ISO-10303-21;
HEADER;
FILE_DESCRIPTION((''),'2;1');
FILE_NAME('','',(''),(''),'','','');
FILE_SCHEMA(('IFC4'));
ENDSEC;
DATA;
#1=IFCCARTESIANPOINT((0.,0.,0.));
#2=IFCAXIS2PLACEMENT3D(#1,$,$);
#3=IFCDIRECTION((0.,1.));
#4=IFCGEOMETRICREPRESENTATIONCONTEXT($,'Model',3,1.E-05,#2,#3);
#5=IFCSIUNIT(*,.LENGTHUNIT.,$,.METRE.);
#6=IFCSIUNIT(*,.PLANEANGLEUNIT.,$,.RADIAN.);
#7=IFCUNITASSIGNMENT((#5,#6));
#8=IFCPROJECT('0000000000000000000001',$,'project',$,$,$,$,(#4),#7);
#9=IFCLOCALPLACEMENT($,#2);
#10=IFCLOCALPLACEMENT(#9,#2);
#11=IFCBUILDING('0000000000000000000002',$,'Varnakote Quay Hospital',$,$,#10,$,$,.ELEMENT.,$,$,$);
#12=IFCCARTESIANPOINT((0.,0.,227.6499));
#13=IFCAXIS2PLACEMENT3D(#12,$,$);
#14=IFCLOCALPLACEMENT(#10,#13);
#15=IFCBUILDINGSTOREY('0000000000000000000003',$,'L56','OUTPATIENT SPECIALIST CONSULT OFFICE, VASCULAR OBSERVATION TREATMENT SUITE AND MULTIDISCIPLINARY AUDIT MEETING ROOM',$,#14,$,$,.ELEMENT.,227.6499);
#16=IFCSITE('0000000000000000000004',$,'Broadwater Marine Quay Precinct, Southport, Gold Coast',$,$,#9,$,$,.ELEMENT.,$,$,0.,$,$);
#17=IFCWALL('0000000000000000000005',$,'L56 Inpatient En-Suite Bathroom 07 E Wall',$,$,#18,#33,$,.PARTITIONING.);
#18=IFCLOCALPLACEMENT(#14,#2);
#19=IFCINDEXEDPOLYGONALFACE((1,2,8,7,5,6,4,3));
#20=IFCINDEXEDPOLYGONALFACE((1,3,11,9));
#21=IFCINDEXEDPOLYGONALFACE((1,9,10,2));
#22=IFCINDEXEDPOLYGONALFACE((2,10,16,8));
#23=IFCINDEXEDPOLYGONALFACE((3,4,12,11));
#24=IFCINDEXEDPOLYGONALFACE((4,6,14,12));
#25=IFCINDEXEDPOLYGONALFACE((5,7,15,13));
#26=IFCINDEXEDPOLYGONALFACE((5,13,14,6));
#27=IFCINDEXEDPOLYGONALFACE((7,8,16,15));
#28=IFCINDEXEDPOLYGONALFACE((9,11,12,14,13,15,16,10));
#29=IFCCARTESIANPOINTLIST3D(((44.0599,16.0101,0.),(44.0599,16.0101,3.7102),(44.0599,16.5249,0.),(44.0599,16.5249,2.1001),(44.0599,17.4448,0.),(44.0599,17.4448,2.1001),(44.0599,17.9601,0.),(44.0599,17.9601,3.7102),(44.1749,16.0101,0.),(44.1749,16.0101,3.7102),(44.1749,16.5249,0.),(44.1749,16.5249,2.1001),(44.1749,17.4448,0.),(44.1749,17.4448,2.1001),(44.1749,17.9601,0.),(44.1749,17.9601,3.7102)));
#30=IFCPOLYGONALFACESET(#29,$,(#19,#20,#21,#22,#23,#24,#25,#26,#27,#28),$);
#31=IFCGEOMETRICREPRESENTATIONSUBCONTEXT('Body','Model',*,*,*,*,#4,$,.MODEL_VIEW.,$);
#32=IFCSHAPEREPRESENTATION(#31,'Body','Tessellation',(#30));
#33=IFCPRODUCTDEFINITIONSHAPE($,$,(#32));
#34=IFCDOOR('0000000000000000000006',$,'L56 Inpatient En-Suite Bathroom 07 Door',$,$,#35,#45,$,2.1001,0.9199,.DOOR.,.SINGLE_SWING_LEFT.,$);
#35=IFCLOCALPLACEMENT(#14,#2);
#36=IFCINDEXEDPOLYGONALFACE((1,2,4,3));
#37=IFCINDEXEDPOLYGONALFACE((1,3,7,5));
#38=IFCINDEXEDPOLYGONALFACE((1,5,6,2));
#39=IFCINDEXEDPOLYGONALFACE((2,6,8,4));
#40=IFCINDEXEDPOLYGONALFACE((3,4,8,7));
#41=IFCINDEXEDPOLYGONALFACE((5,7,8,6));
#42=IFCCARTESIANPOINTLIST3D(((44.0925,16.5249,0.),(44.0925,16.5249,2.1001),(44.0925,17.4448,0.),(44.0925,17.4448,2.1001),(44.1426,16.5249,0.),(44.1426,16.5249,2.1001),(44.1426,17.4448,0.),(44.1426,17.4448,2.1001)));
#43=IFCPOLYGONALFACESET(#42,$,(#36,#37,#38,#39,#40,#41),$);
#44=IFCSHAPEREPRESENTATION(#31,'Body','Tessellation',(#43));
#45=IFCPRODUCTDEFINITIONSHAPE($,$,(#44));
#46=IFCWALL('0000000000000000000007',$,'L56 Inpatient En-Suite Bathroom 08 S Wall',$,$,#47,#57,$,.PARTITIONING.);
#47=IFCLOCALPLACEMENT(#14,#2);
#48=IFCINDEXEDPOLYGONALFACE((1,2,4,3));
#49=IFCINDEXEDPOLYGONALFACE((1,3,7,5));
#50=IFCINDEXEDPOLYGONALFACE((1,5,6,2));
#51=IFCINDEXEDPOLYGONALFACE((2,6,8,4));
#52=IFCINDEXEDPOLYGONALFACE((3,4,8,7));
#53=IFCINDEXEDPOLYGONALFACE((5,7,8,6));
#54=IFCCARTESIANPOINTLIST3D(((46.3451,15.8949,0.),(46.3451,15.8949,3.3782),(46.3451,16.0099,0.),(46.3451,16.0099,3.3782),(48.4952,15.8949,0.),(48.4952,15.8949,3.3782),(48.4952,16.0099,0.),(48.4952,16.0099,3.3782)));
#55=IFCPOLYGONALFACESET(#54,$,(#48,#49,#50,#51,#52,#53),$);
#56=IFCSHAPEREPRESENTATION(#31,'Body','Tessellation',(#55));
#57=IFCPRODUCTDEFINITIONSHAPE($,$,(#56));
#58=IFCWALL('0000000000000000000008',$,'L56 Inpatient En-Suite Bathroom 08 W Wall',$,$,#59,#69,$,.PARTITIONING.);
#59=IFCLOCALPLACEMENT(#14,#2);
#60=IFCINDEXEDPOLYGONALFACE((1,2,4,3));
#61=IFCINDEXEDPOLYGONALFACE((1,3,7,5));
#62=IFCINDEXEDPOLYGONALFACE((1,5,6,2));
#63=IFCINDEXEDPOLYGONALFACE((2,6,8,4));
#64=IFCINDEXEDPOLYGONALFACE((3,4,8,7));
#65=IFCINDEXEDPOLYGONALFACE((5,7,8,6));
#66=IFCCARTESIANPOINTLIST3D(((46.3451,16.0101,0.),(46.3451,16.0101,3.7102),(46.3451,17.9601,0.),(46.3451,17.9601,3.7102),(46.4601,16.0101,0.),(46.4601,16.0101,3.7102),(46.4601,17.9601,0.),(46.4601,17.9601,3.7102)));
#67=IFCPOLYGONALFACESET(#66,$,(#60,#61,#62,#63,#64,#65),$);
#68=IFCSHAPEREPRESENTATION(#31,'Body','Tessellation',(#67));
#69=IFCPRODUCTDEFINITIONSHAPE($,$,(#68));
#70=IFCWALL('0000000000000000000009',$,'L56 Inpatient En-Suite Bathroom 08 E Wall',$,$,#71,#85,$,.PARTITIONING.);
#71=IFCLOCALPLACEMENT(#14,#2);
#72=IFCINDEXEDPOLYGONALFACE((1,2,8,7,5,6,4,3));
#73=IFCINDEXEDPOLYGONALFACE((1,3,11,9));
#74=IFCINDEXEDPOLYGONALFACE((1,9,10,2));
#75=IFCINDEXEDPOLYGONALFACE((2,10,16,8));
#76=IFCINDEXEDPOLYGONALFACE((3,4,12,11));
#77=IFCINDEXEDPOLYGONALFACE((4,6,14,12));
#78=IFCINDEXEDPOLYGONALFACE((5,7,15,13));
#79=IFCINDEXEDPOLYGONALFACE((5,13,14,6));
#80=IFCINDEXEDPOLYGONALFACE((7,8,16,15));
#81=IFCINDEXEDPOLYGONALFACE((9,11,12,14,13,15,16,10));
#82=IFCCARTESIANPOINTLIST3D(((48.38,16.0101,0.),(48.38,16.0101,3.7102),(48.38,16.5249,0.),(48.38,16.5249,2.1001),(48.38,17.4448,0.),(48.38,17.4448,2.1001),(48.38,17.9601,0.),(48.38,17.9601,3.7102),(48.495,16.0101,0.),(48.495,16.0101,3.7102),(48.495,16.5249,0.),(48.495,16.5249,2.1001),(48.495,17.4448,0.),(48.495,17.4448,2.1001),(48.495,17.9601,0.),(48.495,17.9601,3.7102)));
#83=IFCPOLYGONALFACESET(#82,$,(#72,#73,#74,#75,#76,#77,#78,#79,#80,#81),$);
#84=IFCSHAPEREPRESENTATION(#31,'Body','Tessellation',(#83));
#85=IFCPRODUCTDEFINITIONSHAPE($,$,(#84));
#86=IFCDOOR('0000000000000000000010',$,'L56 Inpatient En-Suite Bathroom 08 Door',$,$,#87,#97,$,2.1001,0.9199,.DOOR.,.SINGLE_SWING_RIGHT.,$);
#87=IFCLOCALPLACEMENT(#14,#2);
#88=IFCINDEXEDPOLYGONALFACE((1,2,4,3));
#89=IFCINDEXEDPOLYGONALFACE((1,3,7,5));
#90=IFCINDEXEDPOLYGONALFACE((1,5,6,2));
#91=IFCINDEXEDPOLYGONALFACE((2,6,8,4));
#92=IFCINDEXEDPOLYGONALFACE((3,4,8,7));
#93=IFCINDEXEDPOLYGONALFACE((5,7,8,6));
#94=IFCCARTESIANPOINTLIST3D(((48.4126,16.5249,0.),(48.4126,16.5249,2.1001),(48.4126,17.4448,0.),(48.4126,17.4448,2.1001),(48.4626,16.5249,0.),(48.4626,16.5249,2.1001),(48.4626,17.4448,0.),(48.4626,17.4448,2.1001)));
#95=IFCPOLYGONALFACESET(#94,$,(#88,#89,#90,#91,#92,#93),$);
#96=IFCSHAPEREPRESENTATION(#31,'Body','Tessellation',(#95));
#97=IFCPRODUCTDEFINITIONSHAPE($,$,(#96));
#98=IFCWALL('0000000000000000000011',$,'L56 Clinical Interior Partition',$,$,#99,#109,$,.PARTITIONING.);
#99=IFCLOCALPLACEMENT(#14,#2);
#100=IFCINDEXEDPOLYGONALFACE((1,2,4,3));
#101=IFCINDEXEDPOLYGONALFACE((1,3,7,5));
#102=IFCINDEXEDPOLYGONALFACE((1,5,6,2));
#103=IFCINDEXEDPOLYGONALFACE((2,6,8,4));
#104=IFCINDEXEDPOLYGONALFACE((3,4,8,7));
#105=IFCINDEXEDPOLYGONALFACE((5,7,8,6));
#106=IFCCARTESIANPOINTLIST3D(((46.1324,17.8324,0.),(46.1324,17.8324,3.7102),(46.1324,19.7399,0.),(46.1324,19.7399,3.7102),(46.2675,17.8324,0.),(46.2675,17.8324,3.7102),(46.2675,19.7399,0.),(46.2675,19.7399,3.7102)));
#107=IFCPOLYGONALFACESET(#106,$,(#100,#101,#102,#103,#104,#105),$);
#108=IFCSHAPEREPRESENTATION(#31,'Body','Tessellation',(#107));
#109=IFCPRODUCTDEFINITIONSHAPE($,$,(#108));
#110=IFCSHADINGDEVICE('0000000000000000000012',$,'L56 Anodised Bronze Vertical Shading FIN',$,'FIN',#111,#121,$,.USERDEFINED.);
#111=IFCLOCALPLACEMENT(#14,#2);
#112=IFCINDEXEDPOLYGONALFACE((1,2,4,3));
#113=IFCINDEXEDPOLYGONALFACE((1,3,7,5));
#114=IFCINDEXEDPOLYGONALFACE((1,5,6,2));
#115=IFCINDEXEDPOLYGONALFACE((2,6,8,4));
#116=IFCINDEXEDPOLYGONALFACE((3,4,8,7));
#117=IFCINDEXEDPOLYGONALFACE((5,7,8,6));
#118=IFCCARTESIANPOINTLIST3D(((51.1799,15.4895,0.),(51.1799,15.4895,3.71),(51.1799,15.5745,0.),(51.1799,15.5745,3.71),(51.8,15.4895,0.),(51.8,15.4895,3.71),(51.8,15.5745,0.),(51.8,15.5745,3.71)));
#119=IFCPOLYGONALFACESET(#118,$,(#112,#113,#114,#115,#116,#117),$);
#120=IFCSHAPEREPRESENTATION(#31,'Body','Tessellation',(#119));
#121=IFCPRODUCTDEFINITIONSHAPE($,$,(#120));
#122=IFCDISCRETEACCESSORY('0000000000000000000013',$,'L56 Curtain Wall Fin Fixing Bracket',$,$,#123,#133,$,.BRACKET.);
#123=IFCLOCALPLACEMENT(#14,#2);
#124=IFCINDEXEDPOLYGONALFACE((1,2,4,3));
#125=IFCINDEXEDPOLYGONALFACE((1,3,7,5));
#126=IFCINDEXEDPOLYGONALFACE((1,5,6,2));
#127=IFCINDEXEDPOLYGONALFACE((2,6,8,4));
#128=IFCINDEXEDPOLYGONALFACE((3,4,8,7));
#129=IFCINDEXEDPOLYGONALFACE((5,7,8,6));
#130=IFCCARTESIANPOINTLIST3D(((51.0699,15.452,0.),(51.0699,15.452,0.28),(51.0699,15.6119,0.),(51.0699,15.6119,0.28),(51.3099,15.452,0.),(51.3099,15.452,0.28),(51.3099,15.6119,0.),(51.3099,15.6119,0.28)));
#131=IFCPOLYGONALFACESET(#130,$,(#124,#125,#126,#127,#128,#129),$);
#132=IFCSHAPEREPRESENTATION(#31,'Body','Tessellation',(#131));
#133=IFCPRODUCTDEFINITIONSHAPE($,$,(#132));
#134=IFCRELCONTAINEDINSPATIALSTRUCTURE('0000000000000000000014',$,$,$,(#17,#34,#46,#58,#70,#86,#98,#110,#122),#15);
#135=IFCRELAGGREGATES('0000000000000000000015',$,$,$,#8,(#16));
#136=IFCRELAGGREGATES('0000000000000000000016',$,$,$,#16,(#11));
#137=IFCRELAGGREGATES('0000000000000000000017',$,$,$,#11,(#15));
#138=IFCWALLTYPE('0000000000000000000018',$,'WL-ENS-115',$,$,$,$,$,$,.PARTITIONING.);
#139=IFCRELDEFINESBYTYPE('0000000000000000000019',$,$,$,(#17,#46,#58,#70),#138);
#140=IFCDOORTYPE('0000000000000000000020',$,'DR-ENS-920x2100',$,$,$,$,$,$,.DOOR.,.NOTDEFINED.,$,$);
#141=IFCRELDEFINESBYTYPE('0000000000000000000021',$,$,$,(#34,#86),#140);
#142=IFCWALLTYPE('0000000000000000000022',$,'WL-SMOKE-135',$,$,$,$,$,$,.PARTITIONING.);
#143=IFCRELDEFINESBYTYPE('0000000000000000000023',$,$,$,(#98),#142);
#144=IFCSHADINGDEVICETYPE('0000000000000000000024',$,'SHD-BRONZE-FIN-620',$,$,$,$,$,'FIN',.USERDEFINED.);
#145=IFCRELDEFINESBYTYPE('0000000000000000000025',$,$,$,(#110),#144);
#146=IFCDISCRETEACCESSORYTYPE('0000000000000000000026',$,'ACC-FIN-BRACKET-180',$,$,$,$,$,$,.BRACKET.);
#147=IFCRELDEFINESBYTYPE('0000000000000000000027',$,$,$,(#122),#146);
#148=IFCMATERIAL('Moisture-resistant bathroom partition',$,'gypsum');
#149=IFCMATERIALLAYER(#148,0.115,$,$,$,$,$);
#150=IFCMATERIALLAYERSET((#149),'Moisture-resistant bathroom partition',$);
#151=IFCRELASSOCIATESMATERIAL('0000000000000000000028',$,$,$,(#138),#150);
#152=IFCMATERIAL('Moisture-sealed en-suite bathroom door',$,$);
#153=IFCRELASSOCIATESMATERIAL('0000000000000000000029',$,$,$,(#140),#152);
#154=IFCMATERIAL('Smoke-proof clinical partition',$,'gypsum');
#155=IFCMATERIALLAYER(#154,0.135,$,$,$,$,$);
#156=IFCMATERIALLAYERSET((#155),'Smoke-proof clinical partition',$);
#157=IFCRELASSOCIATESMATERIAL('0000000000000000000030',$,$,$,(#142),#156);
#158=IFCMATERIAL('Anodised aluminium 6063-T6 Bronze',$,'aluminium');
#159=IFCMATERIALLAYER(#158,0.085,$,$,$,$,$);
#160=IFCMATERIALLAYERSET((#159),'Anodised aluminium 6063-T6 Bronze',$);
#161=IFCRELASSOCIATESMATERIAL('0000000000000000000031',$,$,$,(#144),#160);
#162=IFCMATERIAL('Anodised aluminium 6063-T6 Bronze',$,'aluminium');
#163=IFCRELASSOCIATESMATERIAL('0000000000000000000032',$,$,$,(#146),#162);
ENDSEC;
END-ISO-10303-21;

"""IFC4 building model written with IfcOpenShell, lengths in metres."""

from ifc_helpers import new_model, si_unit, direction, frame, frame_2d, origin, origin_2d, place, context, subcontext, project, spatial, rectangle, extrude, material, layer, layer_set, type_object, element, fill, save


model = new_model("IFC4")

# Units and contexts
model_context = context("Model", 3, precision=1e-05, world=origin(), true_north=direction((0.0, 1.0)))
body_context = subcontext(model_context, "Body", "Model", "MODEL_VIEW")
ifc_project = project(units=[si_unit("LENGTHUNIT", "METRE"), si_unit("PLANEANGLEUNIT", "RADIAN")], contexts=[model_context])

# Site, building, storey
site_placement = place(None, origin())
site = spatial("IfcSite", under=ifc_project, at=site_placement, Name="Broadwater Marine Quay Precinct, Southport, Gold Coast", CompositionType="ELEMENT", RefElevation=0.0)
building_placement = place(site_placement, origin())
building = spatial("IfcBuilding", under=site, at=building_placement, Name="Varnakote Quay Hospital", CompositionType="ELEMENT")
storey_placement = place(building_placement, frame((0.0, 0.0, 227.6499)))
storey = spatial("IfcBuildingStorey", under=building, at=storey_placement, Name="L56", Description="OUTPATIENT SPECIALIST CONSULT OFFICE, VASCULAR OBSERVATION TREATMENT SUITE AND MULTIDISCIPLINARY AUDIT MEETING ROOM", CompositionType="ELEMENT", Elevation=227.6499)

# Wall, opening, door
ifc_material_1 = material(Name="Moisture-resistant bathroom partition", Category="gypsum")
ifc_layer_1 = layer(ifc_material_1, 0.115)
ifc_layer_set_1 = layer_set([ifc_layer_1], Name="Moisture-resistant bathroom partition")
wall_type_1 = type_object("IfcWallType", Name="WL-ENS-115", PredefinedType="PARTITIONING", material=ifc_layer_set_1)
wall_1_placement = place(storey_placement, frame((44.1174, 16.01, 0.0), z_axis=(0.0, 0.0, 1.0), x_axis=(0.0, 1.0, 0.0)))
wall_1 = element("IfcWall", 1, at=wall_1_placement, inside=storey, type_object=wall_type_1, Name="L56 Inpatient En-Suite Bathroom 07 E Wall", PredefinedType="PARTITIONING", context=body_context, shape_type="SweptSolid", body=[
    extrude(rectangle(XDim=1.95, YDim=0.115, at=frame_2d((0.9751, 0.0))), origin(), (0.0, 0.0, 1.0), 3.7102),
])
opening_1_placement = place(wall_1_placement, frame((0.5149, 0.0, 0.0)))
opening_1 = element("IfcOpeningElement", 2, at=opening_1_placement, cuts=wall_1, PredefinedType="OPENING", context=body_context, shape_type="SweptSolid", body=[
    extrude(rectangle(XDim=0.9199, YDim=2.1001, at=frame_2d((0.46, 1.05))), frame((0.0, 0.0674, 0.0), z_axis=(0.0, -1.0, 0.0), x_axis=(1.0, 0.0, 0.0)), (0.0, 0.0, 1.0), 0.135),
])
ifc_material_2 = material(Name="Moisture-sealed en-suite bathroom door")
door_type_1 = type_object("IfcDoorType", Name="DR-ENS-920x2100", OperationType="NOTDEFINED", PredefinedType="DOOR", material=ifc_material_2)
door_1_placement = place(opening_1_placement, origin())
door_1 = element("IfcDoor", 3, at=door_1_placement, inside=storey, type_object=door_type_1, Name="L56 Inpatient En-Suite Bathroom 07 Door", OperationType="SINGLE_SWING_LEFT", OverallHeight=2.1001, OverallWidth=0.9199, PredefinedType="DOOR", context=body_context, shape_type="SweptSolid", body=[
    extrude(rectangle(XDim=0.9199, YDim=2.1001, at=frame_2d((0.46, 1.05))), frame((0.0, 0.0249, 0.0), z_axis=(0.0, -1.0, 0.0), x_axis=(1.0, 0.0, 0.0)), (0.0, 0.0, 1.0), 0.05),
])
fill(opening_1, door_1)

# Walls
wall_2_placement = place(storey_placement, frame((46.345, 15.9524, 0.0), z_axis=(0.0, 0.0, 1.0), x_axis=(1.0, 0.0, 0.0)))
element("IfcWall", 4, at=wall_2_placement, inside=storey, type_object=wall_type_1, Name="L56 Inpatient En-Suite Bathroom 08 S Wall", PredefinedType="PARTITIONING", context=body_context, shape_type="SweptSolid", body=[
    extrude(rectangle(XDim=2.1501, YDim=0.115, at=frame_2d((1.0752, 0.0))), origin(), (0.0, 0.0, 1.0), 3.3782),
])
wall_3_placement = place(storey_placement, frame((46.4026, 16.01, 0.0), z_axis=(0.0, 0.0, 1.0), x_axis=(0.0, 1.0, 0.0)))
element("IfcWall", 5, at=wall_3_placement, inside=storey, type_object=wall_type_1, Name="L56 Inpatient En-Suite Bathroom 08 W Wall", PredefinedType="PARTITIONING", context=body_context, shape_type="SweptSolid", body=[
    extrude(rectangle(XDim=1.95, YDim=0.115, at=frame_2d((0.9751, 0.0))), origin(), (0.0, 0.0, 1.0), 3.7102),
])

# Wall, opening, door
wall_4_placement = place(storey_placement, frame((48.4375, 16.01, 0.0), z_axis=(0.0, 0.0, 1.0), x_axis=(0.0, 1.0, 0.0)))
wall_4 = element("IfcWall", 6, at=wall_4_placement, inside=storey, type_object=wall_type_1, Name="L56 Inpatient En-Suite Bathroom 08 E Wall", PredefinedType="PARTITIONING", context=body_context, shape_type="SweptSolid", body=[
    extrude(rectangle(XDim=1.95, YDim=0.115, at=frame_2d((0.9751, 0.0))), origin(), (0.0, 0.0, 1.0), 3.7102),
])
opening_2_placement = place(wall_4_placement, frame((0.5149, 0.0, 0.0)))
opening_2 = element("IfcOpeningElement", 7, at=opening_2_placement, cuts=wall_4, PredefinedType="OPENING", context=body_context, shape_type="SweptSolid", body=[
    extrude(rectangle(XDim=0.9199, YDim=2.1001, at=frame_2d((0.46, 1.05))), frame((0.0, 0.0674, 0.0), z_axis=(0.0, -1.0, 0.0), x_axis=(1.0, 0.0, 0.0)), (0.0, 0.0, 1.0), 0.135),
])
door_2_placement = place(opening_2_placement, origin())
door_2 = element("IfcDoor", 8, at=door_2_placement, inside=storey, type_object=door_type_1, Name="L56 Inpatient En-Suite Bathroom 08 Door", OperationType="SINGLE_SWING_RIGHT", OverallHeight=2.1001, OverallWidth=0.9199, PredefinedType="DOOR", context=body_context, shape_type="SweptSolid", body=[
    extrude(rectangle(XDim=0.9199, YDim=2.1001, at=frame_2d((0.46, 1.05))), frame((0.0, 0.0249, 0.0), z_axis=(0.0, -1.0, 0.0), x_axis=(1.0, 0.0, 0.0)), (0.0, 0.0, 1.0), 0.05),
])
fill(opening_2, door_2)

# Wall
ifc_material_3 = material(Name="Smoke-proof clinical partition", Category="gypsum")
ifc_layer_2 = layer(ifc_material_3, 0.135)
ifc_layer_set_2 = layer_set([ifc_layer_2], Name="Smoke-proof clinical partition")
wall_type_2 = type_object("IfcWallType", Name="WL-SMOKE-135", PredefinedType="PARTITIONING", material=ifc_layer_set_2)
wall_5_placement = place(storey_placement, frame((46.2, 17.8325, 0.0), z_axis=(0.0, 0.0, 1.0), x_axis=(0.0, 1.0, 0.0)))
element("IfcWall", 9, at=wall_5_placement, inside=storey, type_object=wall_type_2, Name="L56 Clinical Interior Partition", PredefinedType="PARTITIONING", context=body_context, shape_type="SweptSolid", body=[
    extrude(rectangle(XDim=1.9075, YDim=0.135, at=frame_2d((0.9536, 0.0))), origin(), (0.0, 0.0, 1.0), 3.7102),
])

# Shading device
ifc_material_4 = material(Name="Anodised aluminium 6063-T6 Bronze", Category="aluminium")
ifc_layer_3 = layer(ifc_material_4, 0.085)
ifc_layer_set_3 = layer_set([ifc_layer_3], Name="Anodised aluminium 6063-T6 Bronze")
shading_device_type = type_object("IfcShadingDeviceType", Name="SHD-BRONZE-FIN-620", ElementType="FIN", PredefinedType="USERDEFINED", material=ifc_layer_set_3)
shading_device_placement = place(storey_placement, frame((51.49, 15.532, 0.0), z_axis=(0.0, 0.0, 1.0), x_axis=(-1.0, 0.0, 0.0)))
element("IfcShadingDevice", 10, at=shading_device_placement, inside=storey, type_object=shading_device_type, Name="L56 Anodised Bronze Vertical Shading FIN", ObjectType="FIN", PredefinedType="USERDEFINED", context=body_context, shape_type="SweptSolid", body=[
    extrude(rectangle(XDim=0.6201, YDim=0.085, at=origin_2d()), origin(), (0.0, 0.0, 1.0), 3.71),
])

# Discrete accessory
ifc_material_5 = material(Name="Anodised aluminium 6063-T6 Bronze", Category="aluminium")
discrete_accessory_type = type_object("IfcDiscreteAccessoryType", Name="ACC-FIN-BRACKET-180", PredefinedType="BRACKET", material=ifc_material_5)
discrete_accessory_placement = place(storey_placement, frame((51.1899, 15.532, 0.0), z_axis=(0.0, 0.0, 1.0), x_axis=(0.0, 1.0, 0.0)))
element("IfcDiscreteAccessory", 11, at=discrete_accessory_placement, inside=storey, type_object=discrete_accessory_type, Name="L56 Curtain Wall Fin Fixing Bracket", PredefinedType="BRACKET", context=body_context, shape_type="SweptSolid", body=[
    extrude(rectangle(XDim=0.1599, YDim=0.24, at=origin_2d()), origin(), (0.0, 0.0, 1.0), 0.28),
])

save(model, "model.ifc")
